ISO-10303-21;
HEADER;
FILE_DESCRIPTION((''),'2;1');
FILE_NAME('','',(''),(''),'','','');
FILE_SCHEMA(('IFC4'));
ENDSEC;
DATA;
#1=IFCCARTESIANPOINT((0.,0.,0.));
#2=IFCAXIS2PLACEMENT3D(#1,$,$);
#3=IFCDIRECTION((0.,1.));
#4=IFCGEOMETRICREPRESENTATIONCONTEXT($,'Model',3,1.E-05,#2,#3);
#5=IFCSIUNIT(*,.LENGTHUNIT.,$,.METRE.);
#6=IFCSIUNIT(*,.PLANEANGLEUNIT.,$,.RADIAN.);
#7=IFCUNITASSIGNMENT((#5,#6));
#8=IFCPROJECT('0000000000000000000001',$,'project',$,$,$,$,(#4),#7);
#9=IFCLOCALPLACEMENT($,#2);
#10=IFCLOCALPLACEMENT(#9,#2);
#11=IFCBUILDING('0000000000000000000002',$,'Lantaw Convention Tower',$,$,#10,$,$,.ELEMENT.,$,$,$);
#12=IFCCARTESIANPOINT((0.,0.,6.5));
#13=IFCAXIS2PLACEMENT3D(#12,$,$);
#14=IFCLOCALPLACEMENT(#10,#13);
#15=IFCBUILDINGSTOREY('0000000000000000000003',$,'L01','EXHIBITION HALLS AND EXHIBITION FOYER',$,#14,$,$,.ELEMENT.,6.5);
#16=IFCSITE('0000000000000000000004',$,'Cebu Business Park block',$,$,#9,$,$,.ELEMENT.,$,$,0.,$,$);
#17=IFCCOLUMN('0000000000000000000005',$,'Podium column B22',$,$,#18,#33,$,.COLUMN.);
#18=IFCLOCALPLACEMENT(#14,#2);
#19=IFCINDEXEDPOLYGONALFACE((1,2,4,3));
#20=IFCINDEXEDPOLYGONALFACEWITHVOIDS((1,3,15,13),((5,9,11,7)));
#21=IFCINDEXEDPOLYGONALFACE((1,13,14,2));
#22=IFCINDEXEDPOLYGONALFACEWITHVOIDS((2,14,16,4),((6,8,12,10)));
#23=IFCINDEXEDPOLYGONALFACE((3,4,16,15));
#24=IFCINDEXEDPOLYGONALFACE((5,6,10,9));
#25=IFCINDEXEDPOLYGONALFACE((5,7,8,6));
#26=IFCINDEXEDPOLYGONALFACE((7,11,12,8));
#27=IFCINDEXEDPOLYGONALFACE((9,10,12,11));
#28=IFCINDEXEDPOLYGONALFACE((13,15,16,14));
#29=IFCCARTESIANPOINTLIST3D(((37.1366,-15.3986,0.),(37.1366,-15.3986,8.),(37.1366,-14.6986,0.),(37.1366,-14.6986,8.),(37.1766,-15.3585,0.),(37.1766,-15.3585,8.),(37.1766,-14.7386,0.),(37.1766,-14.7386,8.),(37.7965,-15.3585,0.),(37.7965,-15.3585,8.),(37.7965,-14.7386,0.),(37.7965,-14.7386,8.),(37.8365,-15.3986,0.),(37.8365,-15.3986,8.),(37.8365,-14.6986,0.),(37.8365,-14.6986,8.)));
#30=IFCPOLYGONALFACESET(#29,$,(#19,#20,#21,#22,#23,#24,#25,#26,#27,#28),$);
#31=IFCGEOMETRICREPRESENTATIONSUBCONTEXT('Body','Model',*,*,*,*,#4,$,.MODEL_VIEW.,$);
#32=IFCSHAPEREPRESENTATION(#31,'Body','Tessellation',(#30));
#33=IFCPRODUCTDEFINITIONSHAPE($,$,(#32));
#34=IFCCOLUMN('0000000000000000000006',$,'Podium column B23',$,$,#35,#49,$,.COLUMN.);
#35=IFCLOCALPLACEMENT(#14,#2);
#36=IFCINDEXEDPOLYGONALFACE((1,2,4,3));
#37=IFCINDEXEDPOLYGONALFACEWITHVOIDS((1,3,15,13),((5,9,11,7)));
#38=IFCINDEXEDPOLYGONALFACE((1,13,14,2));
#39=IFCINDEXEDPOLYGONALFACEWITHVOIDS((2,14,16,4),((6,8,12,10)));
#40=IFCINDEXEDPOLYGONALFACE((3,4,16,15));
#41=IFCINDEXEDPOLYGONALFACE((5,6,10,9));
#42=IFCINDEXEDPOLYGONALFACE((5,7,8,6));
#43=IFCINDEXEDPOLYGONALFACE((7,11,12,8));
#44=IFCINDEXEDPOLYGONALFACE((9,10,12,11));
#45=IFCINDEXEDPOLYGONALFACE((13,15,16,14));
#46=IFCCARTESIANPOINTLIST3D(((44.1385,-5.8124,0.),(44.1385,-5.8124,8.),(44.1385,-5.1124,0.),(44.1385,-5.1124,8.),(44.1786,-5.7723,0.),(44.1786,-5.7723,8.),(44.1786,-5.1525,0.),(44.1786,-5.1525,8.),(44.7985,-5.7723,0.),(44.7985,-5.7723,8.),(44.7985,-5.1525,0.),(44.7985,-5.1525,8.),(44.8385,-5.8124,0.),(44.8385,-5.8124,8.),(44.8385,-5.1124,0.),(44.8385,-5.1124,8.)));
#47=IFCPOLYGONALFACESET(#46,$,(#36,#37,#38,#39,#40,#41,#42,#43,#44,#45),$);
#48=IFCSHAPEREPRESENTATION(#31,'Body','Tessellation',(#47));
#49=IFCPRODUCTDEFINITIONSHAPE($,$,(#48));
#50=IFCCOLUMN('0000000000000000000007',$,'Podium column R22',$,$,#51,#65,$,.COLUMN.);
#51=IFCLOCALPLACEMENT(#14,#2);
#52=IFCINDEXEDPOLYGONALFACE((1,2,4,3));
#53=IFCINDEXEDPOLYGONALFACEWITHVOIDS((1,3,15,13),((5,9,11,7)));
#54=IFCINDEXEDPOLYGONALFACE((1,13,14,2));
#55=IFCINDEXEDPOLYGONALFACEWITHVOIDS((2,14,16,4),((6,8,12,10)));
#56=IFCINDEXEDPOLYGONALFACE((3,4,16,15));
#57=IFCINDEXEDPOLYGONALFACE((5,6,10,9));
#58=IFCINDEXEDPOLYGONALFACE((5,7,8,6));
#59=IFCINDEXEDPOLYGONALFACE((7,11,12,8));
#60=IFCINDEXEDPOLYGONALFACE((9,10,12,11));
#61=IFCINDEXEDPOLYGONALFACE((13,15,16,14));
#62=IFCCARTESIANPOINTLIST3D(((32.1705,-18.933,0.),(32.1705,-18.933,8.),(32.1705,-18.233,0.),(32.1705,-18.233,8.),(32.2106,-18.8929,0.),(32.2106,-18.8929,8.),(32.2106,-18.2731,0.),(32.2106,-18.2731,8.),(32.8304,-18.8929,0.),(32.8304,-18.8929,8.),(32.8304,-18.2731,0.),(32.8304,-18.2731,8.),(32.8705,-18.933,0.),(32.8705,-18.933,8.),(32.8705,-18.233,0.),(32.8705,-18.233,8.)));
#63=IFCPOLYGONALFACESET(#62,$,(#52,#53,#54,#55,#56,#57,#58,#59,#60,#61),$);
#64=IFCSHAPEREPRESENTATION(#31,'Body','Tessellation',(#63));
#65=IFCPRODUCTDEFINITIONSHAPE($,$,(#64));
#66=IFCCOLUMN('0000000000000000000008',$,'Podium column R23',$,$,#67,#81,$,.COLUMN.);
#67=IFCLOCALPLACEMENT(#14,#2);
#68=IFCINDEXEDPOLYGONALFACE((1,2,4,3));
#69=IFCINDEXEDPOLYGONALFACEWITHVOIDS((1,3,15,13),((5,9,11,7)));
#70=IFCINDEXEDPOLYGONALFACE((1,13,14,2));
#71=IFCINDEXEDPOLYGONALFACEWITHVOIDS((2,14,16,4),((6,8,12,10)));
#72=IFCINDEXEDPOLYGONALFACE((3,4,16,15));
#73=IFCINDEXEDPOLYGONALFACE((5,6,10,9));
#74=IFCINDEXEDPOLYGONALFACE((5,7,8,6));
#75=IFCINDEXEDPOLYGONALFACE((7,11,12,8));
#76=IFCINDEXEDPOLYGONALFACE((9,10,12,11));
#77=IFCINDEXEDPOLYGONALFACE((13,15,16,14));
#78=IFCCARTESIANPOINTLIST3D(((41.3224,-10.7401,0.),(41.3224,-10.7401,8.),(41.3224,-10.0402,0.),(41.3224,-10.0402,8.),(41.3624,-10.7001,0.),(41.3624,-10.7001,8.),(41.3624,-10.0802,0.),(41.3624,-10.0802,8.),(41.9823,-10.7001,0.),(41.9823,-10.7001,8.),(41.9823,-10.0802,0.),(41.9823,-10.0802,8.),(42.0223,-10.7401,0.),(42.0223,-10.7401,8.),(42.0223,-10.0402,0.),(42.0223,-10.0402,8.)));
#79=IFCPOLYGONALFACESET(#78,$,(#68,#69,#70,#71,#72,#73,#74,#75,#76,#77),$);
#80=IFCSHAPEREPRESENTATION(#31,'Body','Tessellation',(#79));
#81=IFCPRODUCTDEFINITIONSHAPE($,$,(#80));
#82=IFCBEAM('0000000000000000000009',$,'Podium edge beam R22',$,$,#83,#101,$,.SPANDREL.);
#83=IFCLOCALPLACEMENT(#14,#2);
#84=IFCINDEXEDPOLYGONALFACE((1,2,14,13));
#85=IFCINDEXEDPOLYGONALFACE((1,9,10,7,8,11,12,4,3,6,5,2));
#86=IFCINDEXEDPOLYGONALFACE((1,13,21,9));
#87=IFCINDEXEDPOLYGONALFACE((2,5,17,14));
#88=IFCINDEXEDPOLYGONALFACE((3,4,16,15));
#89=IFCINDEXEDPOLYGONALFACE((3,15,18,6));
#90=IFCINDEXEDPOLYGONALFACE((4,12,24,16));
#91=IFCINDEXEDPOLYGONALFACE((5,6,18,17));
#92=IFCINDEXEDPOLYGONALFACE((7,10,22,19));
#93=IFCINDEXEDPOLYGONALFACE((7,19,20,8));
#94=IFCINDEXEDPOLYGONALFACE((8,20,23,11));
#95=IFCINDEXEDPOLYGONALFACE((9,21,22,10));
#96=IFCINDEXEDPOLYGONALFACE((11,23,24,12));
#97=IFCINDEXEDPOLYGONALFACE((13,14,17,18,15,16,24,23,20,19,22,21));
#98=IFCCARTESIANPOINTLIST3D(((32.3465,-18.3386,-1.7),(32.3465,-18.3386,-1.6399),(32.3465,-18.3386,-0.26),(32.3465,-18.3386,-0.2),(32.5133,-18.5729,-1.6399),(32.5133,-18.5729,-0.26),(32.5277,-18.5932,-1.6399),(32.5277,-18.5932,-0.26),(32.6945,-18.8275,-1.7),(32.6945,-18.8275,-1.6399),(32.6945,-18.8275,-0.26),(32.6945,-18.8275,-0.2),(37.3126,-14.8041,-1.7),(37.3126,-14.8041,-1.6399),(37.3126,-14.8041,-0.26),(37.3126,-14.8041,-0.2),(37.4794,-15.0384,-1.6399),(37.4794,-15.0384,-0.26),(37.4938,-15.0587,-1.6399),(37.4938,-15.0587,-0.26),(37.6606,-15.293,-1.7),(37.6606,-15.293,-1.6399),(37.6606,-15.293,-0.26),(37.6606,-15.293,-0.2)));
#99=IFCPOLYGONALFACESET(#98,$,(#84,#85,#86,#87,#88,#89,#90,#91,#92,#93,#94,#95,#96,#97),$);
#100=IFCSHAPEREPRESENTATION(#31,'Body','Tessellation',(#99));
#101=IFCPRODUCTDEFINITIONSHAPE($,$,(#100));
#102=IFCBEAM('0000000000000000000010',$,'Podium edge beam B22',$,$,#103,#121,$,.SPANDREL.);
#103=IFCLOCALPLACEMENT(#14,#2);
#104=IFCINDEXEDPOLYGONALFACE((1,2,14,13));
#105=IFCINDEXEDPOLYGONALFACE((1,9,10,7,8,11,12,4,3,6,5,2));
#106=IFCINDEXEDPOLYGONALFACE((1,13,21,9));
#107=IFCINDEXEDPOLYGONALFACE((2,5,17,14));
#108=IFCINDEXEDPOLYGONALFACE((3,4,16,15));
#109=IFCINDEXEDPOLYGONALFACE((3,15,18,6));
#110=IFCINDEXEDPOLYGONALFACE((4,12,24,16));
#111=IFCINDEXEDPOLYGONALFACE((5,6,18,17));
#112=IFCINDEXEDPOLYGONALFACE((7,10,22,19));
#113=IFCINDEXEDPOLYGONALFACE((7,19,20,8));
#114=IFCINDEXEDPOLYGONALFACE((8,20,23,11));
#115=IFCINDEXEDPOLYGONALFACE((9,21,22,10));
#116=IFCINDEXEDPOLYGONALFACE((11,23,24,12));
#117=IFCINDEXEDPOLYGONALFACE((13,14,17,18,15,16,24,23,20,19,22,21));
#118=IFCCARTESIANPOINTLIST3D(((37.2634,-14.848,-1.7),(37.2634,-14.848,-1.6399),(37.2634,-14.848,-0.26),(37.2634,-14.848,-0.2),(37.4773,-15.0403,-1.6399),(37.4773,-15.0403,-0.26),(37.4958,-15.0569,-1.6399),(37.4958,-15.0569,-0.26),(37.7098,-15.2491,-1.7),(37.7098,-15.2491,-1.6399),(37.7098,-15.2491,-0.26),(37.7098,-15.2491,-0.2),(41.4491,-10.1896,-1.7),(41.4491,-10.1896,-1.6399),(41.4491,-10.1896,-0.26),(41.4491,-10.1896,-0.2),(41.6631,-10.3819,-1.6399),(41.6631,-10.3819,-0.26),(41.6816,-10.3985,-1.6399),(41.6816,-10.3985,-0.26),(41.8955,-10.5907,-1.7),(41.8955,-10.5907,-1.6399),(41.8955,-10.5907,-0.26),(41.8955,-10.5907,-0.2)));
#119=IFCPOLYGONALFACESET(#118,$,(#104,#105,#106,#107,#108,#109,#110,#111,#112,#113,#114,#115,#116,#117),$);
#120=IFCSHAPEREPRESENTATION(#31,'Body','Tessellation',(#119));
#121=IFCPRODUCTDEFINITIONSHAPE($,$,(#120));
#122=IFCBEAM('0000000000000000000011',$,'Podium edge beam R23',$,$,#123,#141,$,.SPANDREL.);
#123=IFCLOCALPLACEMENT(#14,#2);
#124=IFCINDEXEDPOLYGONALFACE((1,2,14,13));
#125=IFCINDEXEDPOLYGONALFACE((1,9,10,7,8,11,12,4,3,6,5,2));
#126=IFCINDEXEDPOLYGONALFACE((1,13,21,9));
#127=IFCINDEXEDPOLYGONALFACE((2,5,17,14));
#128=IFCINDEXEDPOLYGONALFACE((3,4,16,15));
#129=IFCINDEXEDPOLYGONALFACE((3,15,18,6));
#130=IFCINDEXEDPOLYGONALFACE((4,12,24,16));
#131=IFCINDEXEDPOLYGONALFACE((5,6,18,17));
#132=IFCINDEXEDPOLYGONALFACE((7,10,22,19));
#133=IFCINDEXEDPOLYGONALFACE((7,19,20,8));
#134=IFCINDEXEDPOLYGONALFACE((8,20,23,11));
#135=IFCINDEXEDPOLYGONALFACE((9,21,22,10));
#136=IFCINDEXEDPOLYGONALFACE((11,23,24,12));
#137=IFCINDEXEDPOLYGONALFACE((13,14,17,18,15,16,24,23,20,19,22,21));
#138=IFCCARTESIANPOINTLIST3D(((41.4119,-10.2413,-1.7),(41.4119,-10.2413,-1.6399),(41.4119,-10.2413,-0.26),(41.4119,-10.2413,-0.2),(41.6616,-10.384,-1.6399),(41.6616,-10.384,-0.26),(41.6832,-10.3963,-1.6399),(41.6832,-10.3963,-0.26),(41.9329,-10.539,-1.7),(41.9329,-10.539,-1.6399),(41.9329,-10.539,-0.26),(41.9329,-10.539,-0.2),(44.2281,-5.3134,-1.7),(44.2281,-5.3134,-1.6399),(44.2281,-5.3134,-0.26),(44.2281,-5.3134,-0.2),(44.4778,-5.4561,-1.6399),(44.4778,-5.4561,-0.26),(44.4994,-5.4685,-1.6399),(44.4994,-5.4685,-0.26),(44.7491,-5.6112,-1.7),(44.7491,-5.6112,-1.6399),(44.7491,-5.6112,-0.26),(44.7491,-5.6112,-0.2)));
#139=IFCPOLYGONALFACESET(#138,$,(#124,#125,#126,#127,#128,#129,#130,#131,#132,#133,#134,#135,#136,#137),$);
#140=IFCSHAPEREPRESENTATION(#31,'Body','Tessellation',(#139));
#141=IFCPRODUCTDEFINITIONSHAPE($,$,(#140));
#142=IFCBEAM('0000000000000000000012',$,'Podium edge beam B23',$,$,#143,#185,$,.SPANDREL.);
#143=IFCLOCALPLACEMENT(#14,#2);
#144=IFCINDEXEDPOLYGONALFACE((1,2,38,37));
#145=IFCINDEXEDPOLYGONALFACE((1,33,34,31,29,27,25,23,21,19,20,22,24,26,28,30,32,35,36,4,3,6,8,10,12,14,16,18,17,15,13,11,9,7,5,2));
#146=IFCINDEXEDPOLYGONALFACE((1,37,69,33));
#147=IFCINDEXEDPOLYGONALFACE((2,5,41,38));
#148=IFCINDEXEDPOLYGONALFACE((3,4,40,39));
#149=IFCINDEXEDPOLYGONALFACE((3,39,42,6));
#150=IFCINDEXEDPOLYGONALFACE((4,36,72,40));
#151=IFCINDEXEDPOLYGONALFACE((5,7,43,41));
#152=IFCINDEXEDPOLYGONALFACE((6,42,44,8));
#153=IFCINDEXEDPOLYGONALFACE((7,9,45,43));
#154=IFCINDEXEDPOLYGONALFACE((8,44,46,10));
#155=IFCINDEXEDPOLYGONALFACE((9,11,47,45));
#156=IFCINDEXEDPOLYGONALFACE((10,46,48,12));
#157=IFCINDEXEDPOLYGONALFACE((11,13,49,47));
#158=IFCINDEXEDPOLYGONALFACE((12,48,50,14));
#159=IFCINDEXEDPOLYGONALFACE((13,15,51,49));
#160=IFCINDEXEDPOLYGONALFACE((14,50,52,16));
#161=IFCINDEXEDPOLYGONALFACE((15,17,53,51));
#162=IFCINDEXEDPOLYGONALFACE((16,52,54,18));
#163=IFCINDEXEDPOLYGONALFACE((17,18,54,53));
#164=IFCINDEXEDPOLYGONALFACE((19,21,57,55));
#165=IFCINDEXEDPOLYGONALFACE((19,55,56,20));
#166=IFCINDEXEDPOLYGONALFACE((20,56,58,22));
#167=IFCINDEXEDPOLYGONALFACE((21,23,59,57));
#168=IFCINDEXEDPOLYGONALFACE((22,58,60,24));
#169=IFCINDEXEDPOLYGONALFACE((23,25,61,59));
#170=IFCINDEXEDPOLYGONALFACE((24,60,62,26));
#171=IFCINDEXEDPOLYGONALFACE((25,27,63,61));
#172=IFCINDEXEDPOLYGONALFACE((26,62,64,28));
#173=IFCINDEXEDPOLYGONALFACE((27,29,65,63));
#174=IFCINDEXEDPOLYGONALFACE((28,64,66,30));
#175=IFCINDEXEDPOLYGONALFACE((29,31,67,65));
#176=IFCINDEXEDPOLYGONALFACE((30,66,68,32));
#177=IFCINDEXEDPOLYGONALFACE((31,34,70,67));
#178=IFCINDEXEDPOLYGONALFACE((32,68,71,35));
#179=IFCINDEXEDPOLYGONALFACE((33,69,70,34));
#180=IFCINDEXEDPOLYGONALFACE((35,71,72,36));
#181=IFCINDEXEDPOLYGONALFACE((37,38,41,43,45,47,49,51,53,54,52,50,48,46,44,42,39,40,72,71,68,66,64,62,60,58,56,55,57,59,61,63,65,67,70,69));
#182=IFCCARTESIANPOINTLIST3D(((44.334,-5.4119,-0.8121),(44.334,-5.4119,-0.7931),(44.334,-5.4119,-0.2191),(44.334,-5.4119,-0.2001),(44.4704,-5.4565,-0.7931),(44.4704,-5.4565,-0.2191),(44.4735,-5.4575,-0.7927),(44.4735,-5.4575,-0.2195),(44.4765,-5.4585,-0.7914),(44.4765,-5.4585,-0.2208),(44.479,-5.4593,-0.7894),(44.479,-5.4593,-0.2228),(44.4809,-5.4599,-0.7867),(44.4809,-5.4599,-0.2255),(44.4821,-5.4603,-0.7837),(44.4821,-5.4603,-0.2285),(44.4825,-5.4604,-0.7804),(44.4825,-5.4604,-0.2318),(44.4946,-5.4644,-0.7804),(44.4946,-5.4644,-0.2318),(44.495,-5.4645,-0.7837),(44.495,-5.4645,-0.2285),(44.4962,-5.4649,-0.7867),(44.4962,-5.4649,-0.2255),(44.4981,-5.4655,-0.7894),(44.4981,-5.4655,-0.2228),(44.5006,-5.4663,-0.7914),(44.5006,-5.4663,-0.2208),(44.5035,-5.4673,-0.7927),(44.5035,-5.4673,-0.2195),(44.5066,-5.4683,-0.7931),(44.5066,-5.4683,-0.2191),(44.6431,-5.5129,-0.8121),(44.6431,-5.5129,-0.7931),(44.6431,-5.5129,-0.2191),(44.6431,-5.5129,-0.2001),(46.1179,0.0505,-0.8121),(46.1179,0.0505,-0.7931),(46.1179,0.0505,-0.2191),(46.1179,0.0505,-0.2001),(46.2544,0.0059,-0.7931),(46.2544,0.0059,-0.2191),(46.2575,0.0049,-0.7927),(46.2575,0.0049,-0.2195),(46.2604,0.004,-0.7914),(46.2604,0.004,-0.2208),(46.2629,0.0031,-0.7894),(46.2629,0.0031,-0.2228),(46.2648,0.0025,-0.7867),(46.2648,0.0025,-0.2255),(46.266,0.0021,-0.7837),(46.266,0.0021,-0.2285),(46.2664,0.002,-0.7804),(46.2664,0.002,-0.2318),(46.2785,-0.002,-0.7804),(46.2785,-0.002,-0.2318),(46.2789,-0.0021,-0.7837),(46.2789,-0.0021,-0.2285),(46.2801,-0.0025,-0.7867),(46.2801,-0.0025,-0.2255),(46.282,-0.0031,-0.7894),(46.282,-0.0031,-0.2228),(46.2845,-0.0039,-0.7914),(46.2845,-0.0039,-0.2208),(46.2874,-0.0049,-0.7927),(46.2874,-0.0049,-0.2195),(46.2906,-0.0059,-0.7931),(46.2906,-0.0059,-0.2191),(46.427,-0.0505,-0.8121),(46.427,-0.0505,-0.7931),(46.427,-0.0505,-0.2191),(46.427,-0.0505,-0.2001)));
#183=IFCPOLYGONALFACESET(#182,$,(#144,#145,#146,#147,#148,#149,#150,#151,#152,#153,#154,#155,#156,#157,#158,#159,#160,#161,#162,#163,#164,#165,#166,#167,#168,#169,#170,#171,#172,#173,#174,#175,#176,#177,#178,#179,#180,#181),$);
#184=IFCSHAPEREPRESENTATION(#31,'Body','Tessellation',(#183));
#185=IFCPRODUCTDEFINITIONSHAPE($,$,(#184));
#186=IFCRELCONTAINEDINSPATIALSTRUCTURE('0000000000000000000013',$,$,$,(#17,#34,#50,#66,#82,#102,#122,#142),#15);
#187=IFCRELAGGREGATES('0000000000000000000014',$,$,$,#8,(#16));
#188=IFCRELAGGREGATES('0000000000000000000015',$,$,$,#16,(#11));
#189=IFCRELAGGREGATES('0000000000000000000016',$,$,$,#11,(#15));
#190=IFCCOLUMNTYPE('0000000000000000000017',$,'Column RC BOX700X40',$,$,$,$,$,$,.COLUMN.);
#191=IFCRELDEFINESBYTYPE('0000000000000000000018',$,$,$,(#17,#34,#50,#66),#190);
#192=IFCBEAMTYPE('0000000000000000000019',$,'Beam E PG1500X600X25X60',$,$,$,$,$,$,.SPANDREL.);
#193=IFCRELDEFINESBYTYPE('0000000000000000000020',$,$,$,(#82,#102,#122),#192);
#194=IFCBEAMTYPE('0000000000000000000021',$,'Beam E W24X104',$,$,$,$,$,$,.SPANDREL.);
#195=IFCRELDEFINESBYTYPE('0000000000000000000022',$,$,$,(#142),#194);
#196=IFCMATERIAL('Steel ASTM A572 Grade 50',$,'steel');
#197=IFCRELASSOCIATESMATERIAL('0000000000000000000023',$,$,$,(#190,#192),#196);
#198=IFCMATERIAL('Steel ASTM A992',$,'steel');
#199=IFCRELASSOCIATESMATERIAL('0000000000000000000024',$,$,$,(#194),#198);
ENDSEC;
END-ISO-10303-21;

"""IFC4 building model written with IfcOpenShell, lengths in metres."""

from ifc_helpers import new_model, si_unit, direction, frame, origin, origin_2d, place, context, subcontext, project, spatial, hollow_rectangle, i_section, extrude, material, material_profile, profile_set, type_object, element, save


model = new_model("IFC4")

# Units and contexts
model_context = context("Model", 3, precision=1e-05, world=origin(), true_north=direction((0.0, 1.0)))
body_context = subcontext(model_context, "Body", "Model", "MODEL_VIEW")
ifc_project = project(units=[si_unit("LENGTHUNIT", "METRE"), si_unit("PLANEANGLEUNIT", "RADIAN")], contexts=[model_context])

# Site, building, storey
site_placement = place(None, origin())
site = spatial("IfcSite", under=ifc_project, at=site_placement, Name="Cebu Business Park block", CompositionType="ELEMENT", RefElevation=0.0)
building_placement = place(site_placement, origin())
building = spatial("IfcBuilding", under=site, at=building_placement, Name="Lantaw Convention Tower", CompositionType="ELEMENT")
storey_placement = place(building_placement, frame((0.0, 0.0, 6.5)))
storey = spatial("IfcBuildingStorey", under=building, at=storey_placement, Name="L01", Description="EXHIBITION HALLS AND EXHIBITION FOYER", CompositionType="ELEMENT", Elevation=6.5)

# Columns
ifc_material_1 = material(Name="Steel ASTM A572 Grade 50", Category="steel")
ifc_material_profile_1 = material_profile(ifc_material_1, hollow_rectangle(XDim=0.7, YDim=0.7, WallThickness=0.04, at=origin_2d()), Name="BOX700X40")
ifc_profile_set_1 = profile_set([ifc_material_profile_1], Name="Steel ASTM A572 Grade 50")
column_type = type_object("IfcColumnType", Name="Column RC BOX700X40", PredefinedType="COLUMN", material=ifc_profile_set_1)
for number, where, z_axis, x_axis, name in (
    (1, (37.4866, -15.0486, 0.0), (0.0, 0.0, 1.0), (1.0, 0.0, 0.0), "Podium column B22"),
    (2, (44.4885, -5.4624, 0.0), (0.0, 0.0, 1.0), (1.0, 0.0, 0.0), "Podium column B23"),
    (3, (32.5205, -18.583, 0.0), (0.0, 0.0, 1.0), (1.0, 0.0, 0.0), "Podium column R22"),
    (4, (41.6724, -10.3901, 0.0), (0.0, 0.0, 1.0), (1.0, 0.0, 0.0), "Podium column R23"),
):
    element("IfcColumn", number, at=place(storey_placement, frame(where, z_axis=z_axis, x_axis=x_axis)), inside=storey, type_object=column_type, Name=name, PredefinedType="COLUMN", context=body_context, shape_type="SweptSolid", body=[
        extrude(hollow_rectangle(XDim=0.7, YDim=0.7, WallThickness=0.04, at=origin_2d()), origin(), (0.0, 0.0, 1.0), 8.0),
    ])

# Beams
ifc_material_profile_2 = material_profile(ifc_material_1, i_section(OverallWidth=0.6001, OverallDepth=1.5, WebThickness=0.0249, FlangeThickness=0.0601, at=origin_2d()), Name="PG1500X600X25X60")
ifc_profile_set_2 = profile_set([ifc_material_profile_2], Name="Steel ASTM A572 Grade 50")
beam_type_1 = type_object("IfcBeamType", Name="Beam E PG1500X600X25X60", PredefinedType="SPANDREL", material=ifc_profile_set_2)
beam_1_placement = place(storey_placement, frame((32.5205, -18.583, -0.95), z_axis=(0.814723, 0.579851, 0.0), x_axis=(-0.579851, 0.814723, 0.0)))
element("IfcBeam", 5, at=beam_1_placement, inside=storey, type_object=beam_type_1, Name="Podium edge beam R22", PredefinedType="SPANDREL", context=body_context, shape_type="SweptSolid", body=[
    extrude(i_section(OverallWidth=0.6001, OverallDepth=1.5, WebThickness=0.0249, FlangeThickness=0.0601, at=origin_2d()), origin(), (0.0, 0.0, 1.0), 6.0955),
])
beam_2_placement = place(storey_placement, frame((37.4866, -15.0486, -0.95), z_axis=(0.668364, 0.743835, 0.0), x_axis=(-0.743835, 0.668364, 0.0)))
element("IfcBeam", 6, at=beam_2_placement, inside=storey, type_object=beam_type_1, Name="Podium edge beam B22", PredefinedType="SPANDREL", context=body_context, shape_type="SweptSolid", body=[
    extrude(i_section(OverallWidth=0.6001, OverallDepth=1.5, WebThickness=0.0249, FlangeThickness=0.0601, at=origin_2d()), origin(), (0.0, 0.0, 1.0), 6.2627),
])
beam_3_placement = place(storey_placement, frame((41.6724, -10.3901, -0.95), z_axis=(0.496181, 0.868219, 0.0), x_axis=(-0.868219, 0.496181, 0.0)))
element("IfcBeam", 7, at=beam_3_placement, inside=storey, type_object=beam_type_1, Name="Podium edge beam R23", PredefinedType="SPANDREL", context=body_context, shape_type="SweptSolid", body=[
    extrude(i_section(OverallWidth=0.6001, OverallDepth=1.5, WebThickness=0.0249, FlangeThickness=0.0601, at=origin_2d()), origin(), (0.0, 0.0, 1.0), 5.6758),
])
ifc_material_2 = material(Name="Steel ASTM A992", Category="steel")
ifc_material_profile_3 = material_profile(ifc_material_2, i_section(OverallWidth=0.3252, OverallDepth=0.6121, WebThickness=0.0127, FlangeThickness=0.019, FilletRadius=0.0127, at=origin_2d()), Name="W24X104")
ifc_profile_set_3 = profile_set([ifc_material_profile_3], Name="Steel ASTM A992")
beam_type_2 = type_object("IfcBeamType", Name="Beam E W24X104", PredefinedType="SPANDREL", material=ifc_profile_set_3)
beam_4_placement = place(storey_placement, frame((44.4885, -5.4624, -0.5061), z_axis=(0.310448, 0.95059, 0.0), x_axis=(-0.95059, 0.310448, 0.0)))
element("IfcBeam", 8, at=beam_4_placement, inside=storey, type_object=beam_type_2, Name="Podium edge beam B23", PredefinedType="SPANDREL", context=body_context, shape_type="SweptSolid", body=[
    extrude(i_section(OverallWidth=0.3252, OverallDepth=0.6121, WebThickness=0.0127, FlangeThickness=0.019, FilletRadius=0.0127, at=origin_2d()), origin(), (0.0, 0.0, 1.0), 5.7463),
])

save(model, "model.ifc")
